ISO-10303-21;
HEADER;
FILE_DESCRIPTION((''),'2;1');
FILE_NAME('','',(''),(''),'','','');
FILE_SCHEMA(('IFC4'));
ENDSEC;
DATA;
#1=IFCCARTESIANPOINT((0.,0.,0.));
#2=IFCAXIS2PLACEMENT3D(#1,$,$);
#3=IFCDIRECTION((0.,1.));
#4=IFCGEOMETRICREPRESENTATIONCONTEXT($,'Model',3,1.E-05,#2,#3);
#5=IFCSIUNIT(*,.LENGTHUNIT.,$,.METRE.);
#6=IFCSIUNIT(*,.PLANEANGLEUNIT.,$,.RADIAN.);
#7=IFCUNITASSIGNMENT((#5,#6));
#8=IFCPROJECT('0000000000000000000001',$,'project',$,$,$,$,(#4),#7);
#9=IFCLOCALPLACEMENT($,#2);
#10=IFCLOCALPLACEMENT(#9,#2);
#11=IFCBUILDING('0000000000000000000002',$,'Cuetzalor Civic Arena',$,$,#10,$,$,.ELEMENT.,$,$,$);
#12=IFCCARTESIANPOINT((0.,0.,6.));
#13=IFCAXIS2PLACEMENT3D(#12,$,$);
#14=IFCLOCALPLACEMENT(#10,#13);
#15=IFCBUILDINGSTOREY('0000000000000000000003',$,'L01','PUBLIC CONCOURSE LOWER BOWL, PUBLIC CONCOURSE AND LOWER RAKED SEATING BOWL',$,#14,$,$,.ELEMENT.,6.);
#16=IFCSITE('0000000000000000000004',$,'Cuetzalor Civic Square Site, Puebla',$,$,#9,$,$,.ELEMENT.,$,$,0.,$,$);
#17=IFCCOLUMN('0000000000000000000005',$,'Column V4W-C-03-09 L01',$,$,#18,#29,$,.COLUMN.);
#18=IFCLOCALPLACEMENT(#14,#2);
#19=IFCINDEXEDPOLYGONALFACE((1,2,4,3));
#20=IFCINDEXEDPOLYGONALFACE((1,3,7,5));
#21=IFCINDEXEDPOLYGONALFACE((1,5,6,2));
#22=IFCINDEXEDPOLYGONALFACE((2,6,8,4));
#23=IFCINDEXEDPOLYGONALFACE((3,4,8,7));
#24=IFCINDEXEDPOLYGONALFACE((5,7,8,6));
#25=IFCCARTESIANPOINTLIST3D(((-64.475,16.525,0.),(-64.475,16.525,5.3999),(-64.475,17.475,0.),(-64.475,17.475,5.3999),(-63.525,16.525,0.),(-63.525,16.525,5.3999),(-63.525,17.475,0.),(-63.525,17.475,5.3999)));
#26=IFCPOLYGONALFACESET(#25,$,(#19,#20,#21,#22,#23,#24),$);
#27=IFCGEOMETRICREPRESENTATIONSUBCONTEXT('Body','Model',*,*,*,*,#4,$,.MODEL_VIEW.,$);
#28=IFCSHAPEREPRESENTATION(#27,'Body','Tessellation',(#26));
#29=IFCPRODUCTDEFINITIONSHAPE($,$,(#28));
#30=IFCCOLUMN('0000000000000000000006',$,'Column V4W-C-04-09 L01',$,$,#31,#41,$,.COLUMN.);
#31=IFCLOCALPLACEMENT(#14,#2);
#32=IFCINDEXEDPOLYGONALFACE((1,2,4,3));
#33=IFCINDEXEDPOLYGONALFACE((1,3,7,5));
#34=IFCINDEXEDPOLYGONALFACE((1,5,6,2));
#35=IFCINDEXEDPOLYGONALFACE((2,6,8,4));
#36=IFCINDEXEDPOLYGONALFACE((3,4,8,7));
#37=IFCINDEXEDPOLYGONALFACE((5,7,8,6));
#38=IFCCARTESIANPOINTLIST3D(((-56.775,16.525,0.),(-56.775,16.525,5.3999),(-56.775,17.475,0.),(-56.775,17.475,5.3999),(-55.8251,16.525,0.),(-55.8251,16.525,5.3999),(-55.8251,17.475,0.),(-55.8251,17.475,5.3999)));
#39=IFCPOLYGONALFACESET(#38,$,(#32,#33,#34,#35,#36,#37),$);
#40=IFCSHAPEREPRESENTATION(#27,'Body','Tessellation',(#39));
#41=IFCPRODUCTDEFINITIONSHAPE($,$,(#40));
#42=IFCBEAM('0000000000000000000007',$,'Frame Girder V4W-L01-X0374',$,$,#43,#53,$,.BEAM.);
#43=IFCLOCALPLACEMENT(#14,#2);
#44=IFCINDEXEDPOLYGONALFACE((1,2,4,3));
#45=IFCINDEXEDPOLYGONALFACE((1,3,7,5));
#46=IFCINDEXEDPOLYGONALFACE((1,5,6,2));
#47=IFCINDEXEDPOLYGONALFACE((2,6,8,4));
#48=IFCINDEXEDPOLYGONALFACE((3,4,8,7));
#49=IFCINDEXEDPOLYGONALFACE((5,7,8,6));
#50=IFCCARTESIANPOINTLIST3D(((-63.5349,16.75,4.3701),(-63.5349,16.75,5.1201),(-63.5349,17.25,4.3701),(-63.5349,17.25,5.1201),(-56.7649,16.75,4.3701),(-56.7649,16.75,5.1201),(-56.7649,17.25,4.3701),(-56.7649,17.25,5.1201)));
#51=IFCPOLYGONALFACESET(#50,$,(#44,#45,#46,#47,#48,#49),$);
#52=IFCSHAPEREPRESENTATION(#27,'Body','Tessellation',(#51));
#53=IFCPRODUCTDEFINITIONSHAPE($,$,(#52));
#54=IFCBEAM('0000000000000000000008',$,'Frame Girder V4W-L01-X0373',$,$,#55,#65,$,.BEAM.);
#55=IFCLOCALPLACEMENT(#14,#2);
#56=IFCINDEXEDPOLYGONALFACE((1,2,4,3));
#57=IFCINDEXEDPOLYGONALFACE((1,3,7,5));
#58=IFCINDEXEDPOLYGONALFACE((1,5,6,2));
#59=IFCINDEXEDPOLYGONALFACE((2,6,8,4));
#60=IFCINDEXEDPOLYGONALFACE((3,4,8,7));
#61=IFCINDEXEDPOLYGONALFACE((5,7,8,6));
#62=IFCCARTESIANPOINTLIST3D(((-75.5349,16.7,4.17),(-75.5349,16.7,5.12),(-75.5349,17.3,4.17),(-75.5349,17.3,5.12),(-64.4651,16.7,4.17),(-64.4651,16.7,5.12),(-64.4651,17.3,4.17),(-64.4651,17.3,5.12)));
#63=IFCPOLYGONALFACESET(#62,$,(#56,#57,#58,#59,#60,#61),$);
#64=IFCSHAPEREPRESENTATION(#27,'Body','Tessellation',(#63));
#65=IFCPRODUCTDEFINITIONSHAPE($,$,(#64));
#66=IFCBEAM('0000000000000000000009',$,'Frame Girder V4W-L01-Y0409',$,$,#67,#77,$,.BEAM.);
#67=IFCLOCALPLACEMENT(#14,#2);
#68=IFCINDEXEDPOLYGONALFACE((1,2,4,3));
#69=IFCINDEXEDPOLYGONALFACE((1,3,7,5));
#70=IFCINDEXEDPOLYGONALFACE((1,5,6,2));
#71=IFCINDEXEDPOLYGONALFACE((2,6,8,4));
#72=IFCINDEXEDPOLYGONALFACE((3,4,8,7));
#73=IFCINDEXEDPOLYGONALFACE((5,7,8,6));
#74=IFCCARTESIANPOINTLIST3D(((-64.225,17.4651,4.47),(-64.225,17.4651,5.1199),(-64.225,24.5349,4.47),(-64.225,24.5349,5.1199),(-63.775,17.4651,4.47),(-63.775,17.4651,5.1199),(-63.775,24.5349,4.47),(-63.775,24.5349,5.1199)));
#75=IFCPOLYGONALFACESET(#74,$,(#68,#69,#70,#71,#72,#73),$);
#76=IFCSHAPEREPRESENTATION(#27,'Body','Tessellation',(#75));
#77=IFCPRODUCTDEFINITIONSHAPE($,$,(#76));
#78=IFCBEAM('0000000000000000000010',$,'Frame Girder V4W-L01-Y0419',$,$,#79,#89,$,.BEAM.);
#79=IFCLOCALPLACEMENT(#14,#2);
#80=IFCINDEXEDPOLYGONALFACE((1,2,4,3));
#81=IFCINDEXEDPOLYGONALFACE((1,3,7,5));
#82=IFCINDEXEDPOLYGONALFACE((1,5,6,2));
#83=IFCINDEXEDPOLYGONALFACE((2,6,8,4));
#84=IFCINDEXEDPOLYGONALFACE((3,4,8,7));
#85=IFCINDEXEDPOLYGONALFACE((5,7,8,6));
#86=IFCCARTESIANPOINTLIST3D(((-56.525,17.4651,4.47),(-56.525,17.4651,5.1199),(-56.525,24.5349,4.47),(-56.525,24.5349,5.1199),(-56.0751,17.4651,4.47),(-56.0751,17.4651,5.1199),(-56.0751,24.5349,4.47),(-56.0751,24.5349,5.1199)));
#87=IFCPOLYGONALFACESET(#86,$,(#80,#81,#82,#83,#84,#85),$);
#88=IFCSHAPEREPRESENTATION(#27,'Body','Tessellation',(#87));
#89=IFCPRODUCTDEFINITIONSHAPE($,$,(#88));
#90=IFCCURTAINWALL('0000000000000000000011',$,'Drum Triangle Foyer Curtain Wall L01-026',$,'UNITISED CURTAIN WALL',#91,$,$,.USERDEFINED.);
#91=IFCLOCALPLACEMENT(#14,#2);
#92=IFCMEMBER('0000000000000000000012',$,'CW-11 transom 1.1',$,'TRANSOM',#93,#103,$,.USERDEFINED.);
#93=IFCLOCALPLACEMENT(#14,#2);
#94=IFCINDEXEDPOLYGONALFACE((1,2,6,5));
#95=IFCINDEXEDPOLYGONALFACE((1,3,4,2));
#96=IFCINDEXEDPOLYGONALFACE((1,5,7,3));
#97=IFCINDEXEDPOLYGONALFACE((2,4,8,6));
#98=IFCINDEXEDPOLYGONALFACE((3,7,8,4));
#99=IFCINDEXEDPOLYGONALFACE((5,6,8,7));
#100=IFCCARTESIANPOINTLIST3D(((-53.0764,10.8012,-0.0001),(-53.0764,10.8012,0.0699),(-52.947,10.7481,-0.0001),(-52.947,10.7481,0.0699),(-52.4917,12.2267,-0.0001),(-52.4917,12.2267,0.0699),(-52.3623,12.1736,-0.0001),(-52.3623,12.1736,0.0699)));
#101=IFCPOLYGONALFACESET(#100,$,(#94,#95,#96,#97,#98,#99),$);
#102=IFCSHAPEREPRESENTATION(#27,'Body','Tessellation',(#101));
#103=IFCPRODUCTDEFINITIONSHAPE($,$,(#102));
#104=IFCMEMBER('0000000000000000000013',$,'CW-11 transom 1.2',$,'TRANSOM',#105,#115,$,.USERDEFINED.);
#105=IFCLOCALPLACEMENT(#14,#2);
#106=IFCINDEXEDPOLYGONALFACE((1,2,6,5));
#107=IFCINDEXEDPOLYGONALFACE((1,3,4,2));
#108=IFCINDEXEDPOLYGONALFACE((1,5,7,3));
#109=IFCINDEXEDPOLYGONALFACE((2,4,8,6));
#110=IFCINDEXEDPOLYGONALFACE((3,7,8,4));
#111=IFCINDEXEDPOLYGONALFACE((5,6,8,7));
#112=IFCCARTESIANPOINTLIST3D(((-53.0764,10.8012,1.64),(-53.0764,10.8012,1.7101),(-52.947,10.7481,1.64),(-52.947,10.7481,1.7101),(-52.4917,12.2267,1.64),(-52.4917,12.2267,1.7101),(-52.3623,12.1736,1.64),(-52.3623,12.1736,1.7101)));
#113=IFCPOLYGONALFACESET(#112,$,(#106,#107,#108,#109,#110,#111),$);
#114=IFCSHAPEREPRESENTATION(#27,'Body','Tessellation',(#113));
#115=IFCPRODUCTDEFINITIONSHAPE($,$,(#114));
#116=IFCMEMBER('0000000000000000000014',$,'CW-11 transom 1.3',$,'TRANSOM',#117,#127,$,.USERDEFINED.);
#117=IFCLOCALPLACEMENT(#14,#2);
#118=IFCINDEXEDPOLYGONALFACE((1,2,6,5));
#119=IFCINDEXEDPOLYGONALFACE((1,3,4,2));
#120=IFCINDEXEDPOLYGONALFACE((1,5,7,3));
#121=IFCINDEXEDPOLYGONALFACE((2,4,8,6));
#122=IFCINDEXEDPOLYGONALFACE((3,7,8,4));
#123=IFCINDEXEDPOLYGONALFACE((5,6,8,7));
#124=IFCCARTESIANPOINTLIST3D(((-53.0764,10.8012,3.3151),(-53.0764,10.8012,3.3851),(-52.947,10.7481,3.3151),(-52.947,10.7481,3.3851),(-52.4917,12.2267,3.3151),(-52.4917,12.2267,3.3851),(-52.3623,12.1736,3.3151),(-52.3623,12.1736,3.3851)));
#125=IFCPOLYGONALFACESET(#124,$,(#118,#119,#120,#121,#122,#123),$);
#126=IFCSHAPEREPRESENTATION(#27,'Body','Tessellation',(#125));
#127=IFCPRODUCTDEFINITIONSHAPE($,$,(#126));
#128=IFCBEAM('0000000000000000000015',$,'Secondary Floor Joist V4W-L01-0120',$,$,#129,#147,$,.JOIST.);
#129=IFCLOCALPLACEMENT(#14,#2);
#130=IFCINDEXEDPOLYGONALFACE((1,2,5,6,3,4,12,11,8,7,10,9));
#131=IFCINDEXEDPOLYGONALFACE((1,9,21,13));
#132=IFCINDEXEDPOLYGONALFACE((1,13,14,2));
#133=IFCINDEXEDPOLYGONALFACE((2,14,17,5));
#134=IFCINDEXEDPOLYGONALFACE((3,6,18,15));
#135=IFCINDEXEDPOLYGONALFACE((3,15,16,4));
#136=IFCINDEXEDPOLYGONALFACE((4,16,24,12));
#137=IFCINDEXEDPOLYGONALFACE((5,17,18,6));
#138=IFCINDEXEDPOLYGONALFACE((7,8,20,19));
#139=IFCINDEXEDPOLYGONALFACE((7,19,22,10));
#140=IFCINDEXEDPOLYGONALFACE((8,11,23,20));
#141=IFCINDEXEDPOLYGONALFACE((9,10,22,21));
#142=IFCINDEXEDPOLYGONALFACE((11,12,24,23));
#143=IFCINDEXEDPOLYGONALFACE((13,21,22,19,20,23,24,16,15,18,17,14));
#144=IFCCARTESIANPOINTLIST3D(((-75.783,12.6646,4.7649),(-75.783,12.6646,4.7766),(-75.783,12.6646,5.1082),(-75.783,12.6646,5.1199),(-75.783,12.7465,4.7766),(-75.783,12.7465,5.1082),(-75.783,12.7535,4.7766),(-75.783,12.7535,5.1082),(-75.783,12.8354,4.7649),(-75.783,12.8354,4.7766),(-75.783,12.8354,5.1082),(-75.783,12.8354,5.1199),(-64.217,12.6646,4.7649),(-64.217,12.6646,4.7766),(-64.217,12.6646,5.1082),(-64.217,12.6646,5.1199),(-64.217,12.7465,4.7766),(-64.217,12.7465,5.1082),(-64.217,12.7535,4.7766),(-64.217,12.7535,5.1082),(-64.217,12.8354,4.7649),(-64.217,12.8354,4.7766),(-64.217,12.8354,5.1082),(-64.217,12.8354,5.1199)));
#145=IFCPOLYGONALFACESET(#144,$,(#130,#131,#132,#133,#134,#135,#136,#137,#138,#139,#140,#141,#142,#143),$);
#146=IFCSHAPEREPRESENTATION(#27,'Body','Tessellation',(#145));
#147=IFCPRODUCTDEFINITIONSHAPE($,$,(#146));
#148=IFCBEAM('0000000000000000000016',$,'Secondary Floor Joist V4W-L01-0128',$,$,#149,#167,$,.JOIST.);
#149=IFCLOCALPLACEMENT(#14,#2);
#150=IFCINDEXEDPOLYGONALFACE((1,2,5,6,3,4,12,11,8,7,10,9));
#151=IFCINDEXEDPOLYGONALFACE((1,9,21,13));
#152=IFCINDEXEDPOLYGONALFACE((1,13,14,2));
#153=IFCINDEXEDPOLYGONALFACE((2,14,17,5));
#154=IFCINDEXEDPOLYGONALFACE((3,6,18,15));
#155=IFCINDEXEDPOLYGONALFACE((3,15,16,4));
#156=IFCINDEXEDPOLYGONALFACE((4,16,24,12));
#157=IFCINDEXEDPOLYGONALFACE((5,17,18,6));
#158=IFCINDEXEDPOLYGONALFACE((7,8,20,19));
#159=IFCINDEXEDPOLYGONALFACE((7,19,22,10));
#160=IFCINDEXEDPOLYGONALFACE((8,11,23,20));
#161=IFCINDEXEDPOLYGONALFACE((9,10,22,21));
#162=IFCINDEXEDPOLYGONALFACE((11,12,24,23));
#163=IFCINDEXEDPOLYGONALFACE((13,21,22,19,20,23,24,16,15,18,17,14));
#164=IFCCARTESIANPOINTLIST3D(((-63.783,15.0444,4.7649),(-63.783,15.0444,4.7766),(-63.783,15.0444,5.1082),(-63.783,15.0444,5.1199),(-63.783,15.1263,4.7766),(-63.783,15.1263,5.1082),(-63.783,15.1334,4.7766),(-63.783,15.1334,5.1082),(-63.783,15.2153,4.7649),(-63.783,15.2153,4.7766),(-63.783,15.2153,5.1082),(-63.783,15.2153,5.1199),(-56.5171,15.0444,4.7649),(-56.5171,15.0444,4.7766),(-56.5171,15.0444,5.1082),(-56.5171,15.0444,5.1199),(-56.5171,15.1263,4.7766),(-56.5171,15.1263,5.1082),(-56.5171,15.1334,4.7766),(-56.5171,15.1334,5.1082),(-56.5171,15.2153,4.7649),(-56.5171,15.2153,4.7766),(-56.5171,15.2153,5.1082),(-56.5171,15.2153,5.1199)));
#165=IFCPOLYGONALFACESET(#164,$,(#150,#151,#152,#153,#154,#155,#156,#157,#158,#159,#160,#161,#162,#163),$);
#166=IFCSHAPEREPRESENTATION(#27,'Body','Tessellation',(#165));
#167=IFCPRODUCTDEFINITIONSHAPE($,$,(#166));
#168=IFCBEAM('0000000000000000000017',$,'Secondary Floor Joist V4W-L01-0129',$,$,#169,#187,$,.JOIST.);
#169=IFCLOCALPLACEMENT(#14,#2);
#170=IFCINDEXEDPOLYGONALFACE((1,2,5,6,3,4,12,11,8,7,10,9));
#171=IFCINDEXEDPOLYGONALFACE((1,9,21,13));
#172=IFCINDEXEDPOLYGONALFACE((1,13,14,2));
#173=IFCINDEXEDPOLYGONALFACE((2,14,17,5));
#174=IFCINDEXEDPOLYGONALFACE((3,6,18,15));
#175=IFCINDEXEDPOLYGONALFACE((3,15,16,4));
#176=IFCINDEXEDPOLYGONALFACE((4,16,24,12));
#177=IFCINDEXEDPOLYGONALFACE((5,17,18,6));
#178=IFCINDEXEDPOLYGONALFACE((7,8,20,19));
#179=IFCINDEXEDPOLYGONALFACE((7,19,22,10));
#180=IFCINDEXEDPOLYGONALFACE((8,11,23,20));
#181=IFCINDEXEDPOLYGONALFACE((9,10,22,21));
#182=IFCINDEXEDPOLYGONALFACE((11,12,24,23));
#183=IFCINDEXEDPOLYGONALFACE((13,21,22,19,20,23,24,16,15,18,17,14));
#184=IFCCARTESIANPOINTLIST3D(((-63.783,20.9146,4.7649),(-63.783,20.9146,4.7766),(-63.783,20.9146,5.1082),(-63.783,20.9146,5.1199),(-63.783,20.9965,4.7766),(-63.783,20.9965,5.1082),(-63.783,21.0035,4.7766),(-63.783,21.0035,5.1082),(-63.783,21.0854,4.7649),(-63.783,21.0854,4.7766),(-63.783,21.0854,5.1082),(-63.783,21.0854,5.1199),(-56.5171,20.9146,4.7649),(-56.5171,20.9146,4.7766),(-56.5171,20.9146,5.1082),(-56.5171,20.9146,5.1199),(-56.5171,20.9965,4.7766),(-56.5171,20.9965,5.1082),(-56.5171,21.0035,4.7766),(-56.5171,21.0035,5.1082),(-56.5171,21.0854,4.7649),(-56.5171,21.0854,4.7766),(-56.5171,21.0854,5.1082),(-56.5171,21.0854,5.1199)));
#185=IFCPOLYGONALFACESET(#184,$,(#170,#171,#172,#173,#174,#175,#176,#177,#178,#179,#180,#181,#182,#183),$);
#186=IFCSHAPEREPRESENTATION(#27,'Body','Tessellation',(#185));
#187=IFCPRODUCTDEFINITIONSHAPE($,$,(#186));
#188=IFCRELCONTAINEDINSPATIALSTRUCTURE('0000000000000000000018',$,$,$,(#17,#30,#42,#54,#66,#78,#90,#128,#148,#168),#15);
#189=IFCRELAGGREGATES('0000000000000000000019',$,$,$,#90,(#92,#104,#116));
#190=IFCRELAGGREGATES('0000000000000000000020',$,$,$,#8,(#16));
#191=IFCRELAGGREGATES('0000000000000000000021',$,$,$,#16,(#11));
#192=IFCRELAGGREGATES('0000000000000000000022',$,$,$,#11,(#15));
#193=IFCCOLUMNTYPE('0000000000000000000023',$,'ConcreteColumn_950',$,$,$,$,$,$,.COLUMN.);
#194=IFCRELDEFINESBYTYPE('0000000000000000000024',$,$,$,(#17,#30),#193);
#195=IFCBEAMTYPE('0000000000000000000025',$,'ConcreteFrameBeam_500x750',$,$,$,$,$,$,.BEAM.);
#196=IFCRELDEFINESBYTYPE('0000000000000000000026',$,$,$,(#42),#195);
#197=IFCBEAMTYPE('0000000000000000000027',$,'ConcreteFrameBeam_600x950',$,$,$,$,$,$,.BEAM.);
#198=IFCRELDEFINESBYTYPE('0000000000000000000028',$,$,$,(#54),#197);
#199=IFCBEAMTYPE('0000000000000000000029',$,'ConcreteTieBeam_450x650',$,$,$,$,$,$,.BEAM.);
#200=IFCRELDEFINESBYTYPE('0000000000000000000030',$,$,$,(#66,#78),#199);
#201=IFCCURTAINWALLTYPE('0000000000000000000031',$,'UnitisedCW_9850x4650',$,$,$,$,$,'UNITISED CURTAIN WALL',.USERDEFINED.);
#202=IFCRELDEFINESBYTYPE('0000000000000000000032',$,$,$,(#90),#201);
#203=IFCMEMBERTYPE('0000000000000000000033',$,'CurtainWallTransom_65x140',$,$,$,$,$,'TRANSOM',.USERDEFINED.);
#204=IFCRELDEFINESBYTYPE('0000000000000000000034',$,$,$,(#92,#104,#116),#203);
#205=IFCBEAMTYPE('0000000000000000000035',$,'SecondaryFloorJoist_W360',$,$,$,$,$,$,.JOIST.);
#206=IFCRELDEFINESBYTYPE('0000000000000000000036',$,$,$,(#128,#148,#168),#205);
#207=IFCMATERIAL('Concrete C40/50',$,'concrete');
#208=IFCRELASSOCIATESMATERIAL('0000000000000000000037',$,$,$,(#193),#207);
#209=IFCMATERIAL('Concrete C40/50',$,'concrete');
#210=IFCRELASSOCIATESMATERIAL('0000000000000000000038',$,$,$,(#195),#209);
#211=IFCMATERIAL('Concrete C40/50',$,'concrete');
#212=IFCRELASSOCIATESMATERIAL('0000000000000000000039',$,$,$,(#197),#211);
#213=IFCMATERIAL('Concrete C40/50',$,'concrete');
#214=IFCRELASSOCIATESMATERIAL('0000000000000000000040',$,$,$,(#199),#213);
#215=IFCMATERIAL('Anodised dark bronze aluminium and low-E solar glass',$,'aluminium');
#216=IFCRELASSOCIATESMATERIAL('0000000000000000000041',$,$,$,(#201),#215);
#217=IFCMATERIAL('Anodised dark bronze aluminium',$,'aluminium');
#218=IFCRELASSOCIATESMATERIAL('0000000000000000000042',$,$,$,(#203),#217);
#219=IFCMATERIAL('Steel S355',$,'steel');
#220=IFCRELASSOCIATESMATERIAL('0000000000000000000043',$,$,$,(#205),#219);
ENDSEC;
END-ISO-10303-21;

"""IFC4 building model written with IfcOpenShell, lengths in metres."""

from ifc_helpers import new_model, si_unit, direction, frame, origin, origin_2d, place, context, subcontext, project, spatial, rectangle, i_section, extrude, material, material_profile, profile_set, type_object, element, aggregate, save


model = new_model("IFC4")

# Units and contexts
model_context = context("Model", 3, precision=1e-05, world=origin(), true_north=direction((0.0, 1.0)))
body_context = subcontext(model_context, "Body", "Model", "MODEL_VIEW")
ifc_project = project(units=[si_unit("LENGTHUNIT", "METRE"), si_unit("PLANEANGLEUNIT", "RADIAN")], contexts=[model_context])

# Site, building, storey
site_placement = place(None, origin())
site = spatial("IfcSite", under=ifc_project, at=site_placement, Name="Cuetzalor Civic Square Site, Puebla", CompositionType="ELEMENT", RefElevation=0.0)
building_placement = place(site_placement, origin())
building = spatial("IfcBuilding", under=site, at=building_placement, Name="Cuetzalor Civic Arena", CompositionType="ELEMENT")
storey_placement = place(building_placement, frame((0.0, 0.0, 6.0)))
storey = spatial("IfcBuildingStorey", under=building, at=storey_placement, Name="L01", Description="PUBLIC CONCOURSE LOWER BOWL, PUBLIC CONCOURSE AND LOWER RAKED SEATING BOWL", CompositionType="ELEMENT", Elevation=6.0)

# Columns
ifc_material_1 = material(Name="Concrete C40/50", Category="concrete")
ifc_material_profile_1 = material_profile(ifc_material_1, rectangle(XDim=0.95, YDim=0.95, at=origin_2d()), Name="RC 950x950")
ifc_profile_set_1 = profile_set([ifc_material_profile_1], Name="Concrete C40/50")
column_type = type_object("IfcColumnType", Name="ConcreteColumn_950", PredefinedType="COLUMN", material=ifc_profile_set_1)
for number, where, z_axis, x_axis, name in (
    (1, (-64.0, 17.0, 0.0), (0.0, 0.0, 1.0), (1.0, 0.0, 0.0), "Column V4W-C-03-09 L01"),
    (2, (-56.3, 17.0, 0.0), (0.0, 0.0, 1.0), (1.0, 0.0, 0.0), "Column V4W-C-04-09 L01"),
):
    element("IfcColumn", number, at=place(storey_placement, frame(where, z_axis=z_axis, x_axis=x_axis)), inside=storey, type_object=column_type, Name=name, PredefinedType="COLUMN", context=body_context, shape_type="SweptSolid", body=[
        extrude(rectangle(XDim=0.95, YDim=0.95, at=origin_2d()), origin(), (0.0, 0.0, 1.0), 5.3999),
    ])

# Beams
ifc_material_2 = material(Name="Concrete C40/50", Category="concrete")
ifc_material_profile_2 = material_profile(ifc_material_2, rectangle(XDim=0.5, YDim=0.75, at=origin_2d()), Name="RC 500x750")
ifc_profile_set_2 = profile_set([ifc_material_profile_2], Name="Concrete C40/50")
beam_type_1 = type_object("IfcBeamType", Name="ConcreteFrameBeam_500x750", PredefinedType="BEAM", material=ifc_profile_set_2)
beam_1_placement = place(storey_placement, frame((-63.5349, 17.0, 4.7451), z_axis=(1.0, 0.0, 0.0), x_axis=(0.0, 1.0, 0.0)))
element("IfcBeam", 3, at=beam_1_placement, inside=storey, type_object=beam_type_1, Name="Frame Girder V4W-L01-X0374", PredefinedType="BEAM", context=body_context, shape_type="SweptSolid", body=[
    extrude(rectangle(XDim=0.5, YDim=0.75, at=origin_2d()), origin(), (0.0, 0.0, 1.0), 6.77),
])
ifc_material_3 = material(Name="Concrete C40/50", Category="concrete")
ifc_material_profile_3 = material_profile(ifc_material_3, rectangle(XDim=0.6001, YDim=0.95, at=origin_2d()), Name="RC 600x950")
ifc_profile_set_3 = profile_set([ifc_material_profile_3], Name="Concrete C40/50")
beam_type_2 = type_object("IfcBeamType", Name="ConcreteFrameBeam_600x950", PredefinedType="BEAM", material=ifc_profile_set_3)
beam_2_placement = place(storey_placement, frame((-75.5349, 17.0, 4.645), z_axis=(1.0, 0.0, 0.0), x_axis=(0.0, 1.0, 0.0)))
element("IfcBeam", 4, at=beam_2_placement, inside=storey, type_object=beam_type_2, Name="Frame Girder V4W-L01-X0373", PredefinedType="BEAM", context=body_context, shape_type="SweptSolid", body=[
    extrude(rectangle(XDim=0.6001, YDim=0.95, at=origin_2d()), origin(), (0.0, 0.0, 1.0), 11.0698),
])
ifc_material_4 = material(Name="Concrete C40/50", Category="concrete")
ifc_material_profile_4 = material_profile(ifc_material_4, rectangle(XDim=0.45, YDim=0.6499, at=origin_2d()), Name="RC 450x650")
ifc_profile_set_4 = profile_set([ifc_material_profile_4], Name="Concrete C40/50")
beam_type_3 = type_object("IfcBeamType", Name="ConcreteTieBeam_450x650", PredefinedType="BEAM", material=ifc_profile_set_4)
for number, where, z_axis, x_axis, name in (
    (5, (-64.0, 17.4651, 4.7949), (0.0, 1.0, 0.0), (-1.0, 0.0, 0.0), "Frame Girder V4W-L01-Y0409"),
    (6, (-56.3, 17.4651, 4.7949), (0.0, 1.0, 0.0), (-1.0, 0.0, 0.0), "Frame Girder V4W-L01-Y0419"),
):
    element("IfcBeam", number, at=place(storey_placement, frame(where, z_axis=z_axis, x_axis=x_axis)), inside=storey, type_object=beam_type_3, Name=name, PredefinedType="BEAM", context=body_context, shape_type="SweptSolid", body=[
        extrude(rectangle(XDim=0.45, YDim=0.6499, at=origin_2d()), origin(), (0.0, 0.0, 1.0), 7.0698),
    ])

# Curtain wall, members
ifc_material_5 = material(Name="Anodised dark bronze aluminium and low-E solar glass", Category="aluminium")
curtain_wall_type = type_object("IfcCurtainWallType", Name="UnitisedCW_9850x4650", ElementType="UNITISED CURTAIN WALL", PredefinedType="USERDEFINED", material=ifc_material_5)
curtain_wall_placement = place(storey_placement, origin())
curtain_wall = element("IfcCurtainWall", 7, at=curtain_wall_placement, inside=storey, type_object=curtain_wall_type, Name="Drum Triangle Foyer Curtain Wall L01-026", ObjectType="UNITISED CURTAIN WALL", PredefinedType="USERDEFINED")
ifc_material_6 = material(Name="Anodised dark bronze aluminium", Category="aluminium")
ifc_material_profile_5 = material_profile(ifc_material_6, rectangle(XDim=0.1399, YDim=0.0701, at=origin_2d()), Name="ALU TRANSOM 70x140")
ifc_profile_set_5 = profile_set([ifc_material_profile_5], Name="Anodised dark bronze aluminium")
member_type = type_object("IfcMemberType", Name="CurtainWallTransom_65x140", ElementType="TRANSOM", PredefinedType="USERDEFINED", material=ifc_profile_set_5)
member_1_placement = place(storey_placement, frame((-53.0117, 10.7747, 0.0349), z_axis=(0.37949, 0.925196, 0.0), x_axis=(-0.925196, 0.37949, 0.0)))
member_1 = element("IfcMember", 8, at=member_1_placement, type_object=member_type, Name="CW-11 transom 1.1", ObjectType="TRANSOM", PredefinedType="USERDEFINED", context=body_context, shape_type="SweptSolid", body=[
    extrude(rectangle(XDim=0.1399, YDim=0.0701, at=origin_2d()), origin(), (0.0, 0.0, 1.0), 1.5408),
])
member_2_placement = place(storey_placement, frame((-53.0117, 10.7747, 1.675), z_axis=(0.37949, 0.925196, 0.0), x_axis=(-0.925196, 0.37949, 0.0)))
member_2 = element("IfcMember", 9, at=member_2_placement, type_object=member_type, Name="CW-11 transom 1.2", ObjectType="TRANSOM", PredefinedType="USERDEFINED", context=body_context, shape_type="SweptSolid", body=[
    extrude(rectangle(XDim=0.1399, YDim=0.0701, at=origin_2d()), origin(), (0.0, 0.0, 1.0), 1.5408),
])
member_3_placement = place(storey_placement, frame((-53.0117, 10.7747, 3.3501), z_axis=(0.37949, 0.925196, 0.0), x_axis=(-0.925196, 0.37949, 0.0)))
member_3 = element("IfcMember", 10, at=member_3_placement, type_object=member_type, Name="CW-11 transom 1.3", ObjectType="TRANSOM", PredefinedType="USERDEFINED", context=body_context, shape_type="SweptSolid", body=[
    extrude(rectangle(XDim=0.1399, YDim=0.0701, at=origin_2d()), origin(), (0.0, 0.0, 1.0), 1.5408),
])
aggregate(curtain_wall, [member_1, member_2, member_3])

# Beams
ifc_material_7 = material(Name="Steel S355", Category="steel")
ifc_material_profile_6 = material_profile(ifc_material_7, i_section(OverallWidth=0.1709, OverallDepth=0.355, WebThickness=0.0071, FlangeThickness=0.0117, at=origin_2d()), Name="W360x51")
ifc_profile_set_6 = profile_set([ifc_material_profile_6], Name="Steel S355")
beam_type_4 = type_object("IfcBeamType", Name="SecondaryFloorJoist_W360", PredefinedType="JOIST", material=ifc_profile_set_6)
beam_3_placement = place(storey_placement, frame((-75.783, 12.75, 4.9424), z_axis=(1.0, 0.0, 0.0), x_axis=(0.0, 1.0, 0.0)))
element("IfcBeam", 11, at=beam_3_placement, inside=storey, type_object=beam_type_4, Name="Secondary Floor Joist V4W-L01-0120", PredefinedType="JOIST", context=body_context, shape_type="SweptSolid", body=[
    extrude(i_section(OverallWidth=0.1709, OverallDepth=0.355, WebThickness=0.0071, FlangeThickness=0.0117, at=origin_2d()), origin(), (0.0, 0.0, 1.0), 11.5659),
])
for number, where, z_axis, x_axis, name in (
    (12, (-63.783, 15.1299, 4.9424), (1.0, 0.0, 0.0), (0.0, 1.0, 0.0), "Secondary Floor Joist V4W-L01-0128"),
    (13, (-63.783, 21.0, 4.9424), (1.0, 0.0, 0.0), (0.0, 1.0, 0.0), "Secondary Floor Joist V4W-L01-0129"),
):
    element("IfcBeam", number, at=place(storey_placement, frame(where, z_axis=z_axis, x_axis=x_axis)), inside=storey, type_object=beam_type_4, Name=name, PredefinedType="JOIST", context=body_context, shape_type="SweptSolid", body=[
        extrude(i_section(OverallWidth=0.1709, OverallDepth=0.355, WebThickness=0.0071, FlangeThickness=0.0117, at=origin_2d()), origin(), (0.0, 0.0, 1.0), 7.2659),
    ])

save(model, "model.ifc")
